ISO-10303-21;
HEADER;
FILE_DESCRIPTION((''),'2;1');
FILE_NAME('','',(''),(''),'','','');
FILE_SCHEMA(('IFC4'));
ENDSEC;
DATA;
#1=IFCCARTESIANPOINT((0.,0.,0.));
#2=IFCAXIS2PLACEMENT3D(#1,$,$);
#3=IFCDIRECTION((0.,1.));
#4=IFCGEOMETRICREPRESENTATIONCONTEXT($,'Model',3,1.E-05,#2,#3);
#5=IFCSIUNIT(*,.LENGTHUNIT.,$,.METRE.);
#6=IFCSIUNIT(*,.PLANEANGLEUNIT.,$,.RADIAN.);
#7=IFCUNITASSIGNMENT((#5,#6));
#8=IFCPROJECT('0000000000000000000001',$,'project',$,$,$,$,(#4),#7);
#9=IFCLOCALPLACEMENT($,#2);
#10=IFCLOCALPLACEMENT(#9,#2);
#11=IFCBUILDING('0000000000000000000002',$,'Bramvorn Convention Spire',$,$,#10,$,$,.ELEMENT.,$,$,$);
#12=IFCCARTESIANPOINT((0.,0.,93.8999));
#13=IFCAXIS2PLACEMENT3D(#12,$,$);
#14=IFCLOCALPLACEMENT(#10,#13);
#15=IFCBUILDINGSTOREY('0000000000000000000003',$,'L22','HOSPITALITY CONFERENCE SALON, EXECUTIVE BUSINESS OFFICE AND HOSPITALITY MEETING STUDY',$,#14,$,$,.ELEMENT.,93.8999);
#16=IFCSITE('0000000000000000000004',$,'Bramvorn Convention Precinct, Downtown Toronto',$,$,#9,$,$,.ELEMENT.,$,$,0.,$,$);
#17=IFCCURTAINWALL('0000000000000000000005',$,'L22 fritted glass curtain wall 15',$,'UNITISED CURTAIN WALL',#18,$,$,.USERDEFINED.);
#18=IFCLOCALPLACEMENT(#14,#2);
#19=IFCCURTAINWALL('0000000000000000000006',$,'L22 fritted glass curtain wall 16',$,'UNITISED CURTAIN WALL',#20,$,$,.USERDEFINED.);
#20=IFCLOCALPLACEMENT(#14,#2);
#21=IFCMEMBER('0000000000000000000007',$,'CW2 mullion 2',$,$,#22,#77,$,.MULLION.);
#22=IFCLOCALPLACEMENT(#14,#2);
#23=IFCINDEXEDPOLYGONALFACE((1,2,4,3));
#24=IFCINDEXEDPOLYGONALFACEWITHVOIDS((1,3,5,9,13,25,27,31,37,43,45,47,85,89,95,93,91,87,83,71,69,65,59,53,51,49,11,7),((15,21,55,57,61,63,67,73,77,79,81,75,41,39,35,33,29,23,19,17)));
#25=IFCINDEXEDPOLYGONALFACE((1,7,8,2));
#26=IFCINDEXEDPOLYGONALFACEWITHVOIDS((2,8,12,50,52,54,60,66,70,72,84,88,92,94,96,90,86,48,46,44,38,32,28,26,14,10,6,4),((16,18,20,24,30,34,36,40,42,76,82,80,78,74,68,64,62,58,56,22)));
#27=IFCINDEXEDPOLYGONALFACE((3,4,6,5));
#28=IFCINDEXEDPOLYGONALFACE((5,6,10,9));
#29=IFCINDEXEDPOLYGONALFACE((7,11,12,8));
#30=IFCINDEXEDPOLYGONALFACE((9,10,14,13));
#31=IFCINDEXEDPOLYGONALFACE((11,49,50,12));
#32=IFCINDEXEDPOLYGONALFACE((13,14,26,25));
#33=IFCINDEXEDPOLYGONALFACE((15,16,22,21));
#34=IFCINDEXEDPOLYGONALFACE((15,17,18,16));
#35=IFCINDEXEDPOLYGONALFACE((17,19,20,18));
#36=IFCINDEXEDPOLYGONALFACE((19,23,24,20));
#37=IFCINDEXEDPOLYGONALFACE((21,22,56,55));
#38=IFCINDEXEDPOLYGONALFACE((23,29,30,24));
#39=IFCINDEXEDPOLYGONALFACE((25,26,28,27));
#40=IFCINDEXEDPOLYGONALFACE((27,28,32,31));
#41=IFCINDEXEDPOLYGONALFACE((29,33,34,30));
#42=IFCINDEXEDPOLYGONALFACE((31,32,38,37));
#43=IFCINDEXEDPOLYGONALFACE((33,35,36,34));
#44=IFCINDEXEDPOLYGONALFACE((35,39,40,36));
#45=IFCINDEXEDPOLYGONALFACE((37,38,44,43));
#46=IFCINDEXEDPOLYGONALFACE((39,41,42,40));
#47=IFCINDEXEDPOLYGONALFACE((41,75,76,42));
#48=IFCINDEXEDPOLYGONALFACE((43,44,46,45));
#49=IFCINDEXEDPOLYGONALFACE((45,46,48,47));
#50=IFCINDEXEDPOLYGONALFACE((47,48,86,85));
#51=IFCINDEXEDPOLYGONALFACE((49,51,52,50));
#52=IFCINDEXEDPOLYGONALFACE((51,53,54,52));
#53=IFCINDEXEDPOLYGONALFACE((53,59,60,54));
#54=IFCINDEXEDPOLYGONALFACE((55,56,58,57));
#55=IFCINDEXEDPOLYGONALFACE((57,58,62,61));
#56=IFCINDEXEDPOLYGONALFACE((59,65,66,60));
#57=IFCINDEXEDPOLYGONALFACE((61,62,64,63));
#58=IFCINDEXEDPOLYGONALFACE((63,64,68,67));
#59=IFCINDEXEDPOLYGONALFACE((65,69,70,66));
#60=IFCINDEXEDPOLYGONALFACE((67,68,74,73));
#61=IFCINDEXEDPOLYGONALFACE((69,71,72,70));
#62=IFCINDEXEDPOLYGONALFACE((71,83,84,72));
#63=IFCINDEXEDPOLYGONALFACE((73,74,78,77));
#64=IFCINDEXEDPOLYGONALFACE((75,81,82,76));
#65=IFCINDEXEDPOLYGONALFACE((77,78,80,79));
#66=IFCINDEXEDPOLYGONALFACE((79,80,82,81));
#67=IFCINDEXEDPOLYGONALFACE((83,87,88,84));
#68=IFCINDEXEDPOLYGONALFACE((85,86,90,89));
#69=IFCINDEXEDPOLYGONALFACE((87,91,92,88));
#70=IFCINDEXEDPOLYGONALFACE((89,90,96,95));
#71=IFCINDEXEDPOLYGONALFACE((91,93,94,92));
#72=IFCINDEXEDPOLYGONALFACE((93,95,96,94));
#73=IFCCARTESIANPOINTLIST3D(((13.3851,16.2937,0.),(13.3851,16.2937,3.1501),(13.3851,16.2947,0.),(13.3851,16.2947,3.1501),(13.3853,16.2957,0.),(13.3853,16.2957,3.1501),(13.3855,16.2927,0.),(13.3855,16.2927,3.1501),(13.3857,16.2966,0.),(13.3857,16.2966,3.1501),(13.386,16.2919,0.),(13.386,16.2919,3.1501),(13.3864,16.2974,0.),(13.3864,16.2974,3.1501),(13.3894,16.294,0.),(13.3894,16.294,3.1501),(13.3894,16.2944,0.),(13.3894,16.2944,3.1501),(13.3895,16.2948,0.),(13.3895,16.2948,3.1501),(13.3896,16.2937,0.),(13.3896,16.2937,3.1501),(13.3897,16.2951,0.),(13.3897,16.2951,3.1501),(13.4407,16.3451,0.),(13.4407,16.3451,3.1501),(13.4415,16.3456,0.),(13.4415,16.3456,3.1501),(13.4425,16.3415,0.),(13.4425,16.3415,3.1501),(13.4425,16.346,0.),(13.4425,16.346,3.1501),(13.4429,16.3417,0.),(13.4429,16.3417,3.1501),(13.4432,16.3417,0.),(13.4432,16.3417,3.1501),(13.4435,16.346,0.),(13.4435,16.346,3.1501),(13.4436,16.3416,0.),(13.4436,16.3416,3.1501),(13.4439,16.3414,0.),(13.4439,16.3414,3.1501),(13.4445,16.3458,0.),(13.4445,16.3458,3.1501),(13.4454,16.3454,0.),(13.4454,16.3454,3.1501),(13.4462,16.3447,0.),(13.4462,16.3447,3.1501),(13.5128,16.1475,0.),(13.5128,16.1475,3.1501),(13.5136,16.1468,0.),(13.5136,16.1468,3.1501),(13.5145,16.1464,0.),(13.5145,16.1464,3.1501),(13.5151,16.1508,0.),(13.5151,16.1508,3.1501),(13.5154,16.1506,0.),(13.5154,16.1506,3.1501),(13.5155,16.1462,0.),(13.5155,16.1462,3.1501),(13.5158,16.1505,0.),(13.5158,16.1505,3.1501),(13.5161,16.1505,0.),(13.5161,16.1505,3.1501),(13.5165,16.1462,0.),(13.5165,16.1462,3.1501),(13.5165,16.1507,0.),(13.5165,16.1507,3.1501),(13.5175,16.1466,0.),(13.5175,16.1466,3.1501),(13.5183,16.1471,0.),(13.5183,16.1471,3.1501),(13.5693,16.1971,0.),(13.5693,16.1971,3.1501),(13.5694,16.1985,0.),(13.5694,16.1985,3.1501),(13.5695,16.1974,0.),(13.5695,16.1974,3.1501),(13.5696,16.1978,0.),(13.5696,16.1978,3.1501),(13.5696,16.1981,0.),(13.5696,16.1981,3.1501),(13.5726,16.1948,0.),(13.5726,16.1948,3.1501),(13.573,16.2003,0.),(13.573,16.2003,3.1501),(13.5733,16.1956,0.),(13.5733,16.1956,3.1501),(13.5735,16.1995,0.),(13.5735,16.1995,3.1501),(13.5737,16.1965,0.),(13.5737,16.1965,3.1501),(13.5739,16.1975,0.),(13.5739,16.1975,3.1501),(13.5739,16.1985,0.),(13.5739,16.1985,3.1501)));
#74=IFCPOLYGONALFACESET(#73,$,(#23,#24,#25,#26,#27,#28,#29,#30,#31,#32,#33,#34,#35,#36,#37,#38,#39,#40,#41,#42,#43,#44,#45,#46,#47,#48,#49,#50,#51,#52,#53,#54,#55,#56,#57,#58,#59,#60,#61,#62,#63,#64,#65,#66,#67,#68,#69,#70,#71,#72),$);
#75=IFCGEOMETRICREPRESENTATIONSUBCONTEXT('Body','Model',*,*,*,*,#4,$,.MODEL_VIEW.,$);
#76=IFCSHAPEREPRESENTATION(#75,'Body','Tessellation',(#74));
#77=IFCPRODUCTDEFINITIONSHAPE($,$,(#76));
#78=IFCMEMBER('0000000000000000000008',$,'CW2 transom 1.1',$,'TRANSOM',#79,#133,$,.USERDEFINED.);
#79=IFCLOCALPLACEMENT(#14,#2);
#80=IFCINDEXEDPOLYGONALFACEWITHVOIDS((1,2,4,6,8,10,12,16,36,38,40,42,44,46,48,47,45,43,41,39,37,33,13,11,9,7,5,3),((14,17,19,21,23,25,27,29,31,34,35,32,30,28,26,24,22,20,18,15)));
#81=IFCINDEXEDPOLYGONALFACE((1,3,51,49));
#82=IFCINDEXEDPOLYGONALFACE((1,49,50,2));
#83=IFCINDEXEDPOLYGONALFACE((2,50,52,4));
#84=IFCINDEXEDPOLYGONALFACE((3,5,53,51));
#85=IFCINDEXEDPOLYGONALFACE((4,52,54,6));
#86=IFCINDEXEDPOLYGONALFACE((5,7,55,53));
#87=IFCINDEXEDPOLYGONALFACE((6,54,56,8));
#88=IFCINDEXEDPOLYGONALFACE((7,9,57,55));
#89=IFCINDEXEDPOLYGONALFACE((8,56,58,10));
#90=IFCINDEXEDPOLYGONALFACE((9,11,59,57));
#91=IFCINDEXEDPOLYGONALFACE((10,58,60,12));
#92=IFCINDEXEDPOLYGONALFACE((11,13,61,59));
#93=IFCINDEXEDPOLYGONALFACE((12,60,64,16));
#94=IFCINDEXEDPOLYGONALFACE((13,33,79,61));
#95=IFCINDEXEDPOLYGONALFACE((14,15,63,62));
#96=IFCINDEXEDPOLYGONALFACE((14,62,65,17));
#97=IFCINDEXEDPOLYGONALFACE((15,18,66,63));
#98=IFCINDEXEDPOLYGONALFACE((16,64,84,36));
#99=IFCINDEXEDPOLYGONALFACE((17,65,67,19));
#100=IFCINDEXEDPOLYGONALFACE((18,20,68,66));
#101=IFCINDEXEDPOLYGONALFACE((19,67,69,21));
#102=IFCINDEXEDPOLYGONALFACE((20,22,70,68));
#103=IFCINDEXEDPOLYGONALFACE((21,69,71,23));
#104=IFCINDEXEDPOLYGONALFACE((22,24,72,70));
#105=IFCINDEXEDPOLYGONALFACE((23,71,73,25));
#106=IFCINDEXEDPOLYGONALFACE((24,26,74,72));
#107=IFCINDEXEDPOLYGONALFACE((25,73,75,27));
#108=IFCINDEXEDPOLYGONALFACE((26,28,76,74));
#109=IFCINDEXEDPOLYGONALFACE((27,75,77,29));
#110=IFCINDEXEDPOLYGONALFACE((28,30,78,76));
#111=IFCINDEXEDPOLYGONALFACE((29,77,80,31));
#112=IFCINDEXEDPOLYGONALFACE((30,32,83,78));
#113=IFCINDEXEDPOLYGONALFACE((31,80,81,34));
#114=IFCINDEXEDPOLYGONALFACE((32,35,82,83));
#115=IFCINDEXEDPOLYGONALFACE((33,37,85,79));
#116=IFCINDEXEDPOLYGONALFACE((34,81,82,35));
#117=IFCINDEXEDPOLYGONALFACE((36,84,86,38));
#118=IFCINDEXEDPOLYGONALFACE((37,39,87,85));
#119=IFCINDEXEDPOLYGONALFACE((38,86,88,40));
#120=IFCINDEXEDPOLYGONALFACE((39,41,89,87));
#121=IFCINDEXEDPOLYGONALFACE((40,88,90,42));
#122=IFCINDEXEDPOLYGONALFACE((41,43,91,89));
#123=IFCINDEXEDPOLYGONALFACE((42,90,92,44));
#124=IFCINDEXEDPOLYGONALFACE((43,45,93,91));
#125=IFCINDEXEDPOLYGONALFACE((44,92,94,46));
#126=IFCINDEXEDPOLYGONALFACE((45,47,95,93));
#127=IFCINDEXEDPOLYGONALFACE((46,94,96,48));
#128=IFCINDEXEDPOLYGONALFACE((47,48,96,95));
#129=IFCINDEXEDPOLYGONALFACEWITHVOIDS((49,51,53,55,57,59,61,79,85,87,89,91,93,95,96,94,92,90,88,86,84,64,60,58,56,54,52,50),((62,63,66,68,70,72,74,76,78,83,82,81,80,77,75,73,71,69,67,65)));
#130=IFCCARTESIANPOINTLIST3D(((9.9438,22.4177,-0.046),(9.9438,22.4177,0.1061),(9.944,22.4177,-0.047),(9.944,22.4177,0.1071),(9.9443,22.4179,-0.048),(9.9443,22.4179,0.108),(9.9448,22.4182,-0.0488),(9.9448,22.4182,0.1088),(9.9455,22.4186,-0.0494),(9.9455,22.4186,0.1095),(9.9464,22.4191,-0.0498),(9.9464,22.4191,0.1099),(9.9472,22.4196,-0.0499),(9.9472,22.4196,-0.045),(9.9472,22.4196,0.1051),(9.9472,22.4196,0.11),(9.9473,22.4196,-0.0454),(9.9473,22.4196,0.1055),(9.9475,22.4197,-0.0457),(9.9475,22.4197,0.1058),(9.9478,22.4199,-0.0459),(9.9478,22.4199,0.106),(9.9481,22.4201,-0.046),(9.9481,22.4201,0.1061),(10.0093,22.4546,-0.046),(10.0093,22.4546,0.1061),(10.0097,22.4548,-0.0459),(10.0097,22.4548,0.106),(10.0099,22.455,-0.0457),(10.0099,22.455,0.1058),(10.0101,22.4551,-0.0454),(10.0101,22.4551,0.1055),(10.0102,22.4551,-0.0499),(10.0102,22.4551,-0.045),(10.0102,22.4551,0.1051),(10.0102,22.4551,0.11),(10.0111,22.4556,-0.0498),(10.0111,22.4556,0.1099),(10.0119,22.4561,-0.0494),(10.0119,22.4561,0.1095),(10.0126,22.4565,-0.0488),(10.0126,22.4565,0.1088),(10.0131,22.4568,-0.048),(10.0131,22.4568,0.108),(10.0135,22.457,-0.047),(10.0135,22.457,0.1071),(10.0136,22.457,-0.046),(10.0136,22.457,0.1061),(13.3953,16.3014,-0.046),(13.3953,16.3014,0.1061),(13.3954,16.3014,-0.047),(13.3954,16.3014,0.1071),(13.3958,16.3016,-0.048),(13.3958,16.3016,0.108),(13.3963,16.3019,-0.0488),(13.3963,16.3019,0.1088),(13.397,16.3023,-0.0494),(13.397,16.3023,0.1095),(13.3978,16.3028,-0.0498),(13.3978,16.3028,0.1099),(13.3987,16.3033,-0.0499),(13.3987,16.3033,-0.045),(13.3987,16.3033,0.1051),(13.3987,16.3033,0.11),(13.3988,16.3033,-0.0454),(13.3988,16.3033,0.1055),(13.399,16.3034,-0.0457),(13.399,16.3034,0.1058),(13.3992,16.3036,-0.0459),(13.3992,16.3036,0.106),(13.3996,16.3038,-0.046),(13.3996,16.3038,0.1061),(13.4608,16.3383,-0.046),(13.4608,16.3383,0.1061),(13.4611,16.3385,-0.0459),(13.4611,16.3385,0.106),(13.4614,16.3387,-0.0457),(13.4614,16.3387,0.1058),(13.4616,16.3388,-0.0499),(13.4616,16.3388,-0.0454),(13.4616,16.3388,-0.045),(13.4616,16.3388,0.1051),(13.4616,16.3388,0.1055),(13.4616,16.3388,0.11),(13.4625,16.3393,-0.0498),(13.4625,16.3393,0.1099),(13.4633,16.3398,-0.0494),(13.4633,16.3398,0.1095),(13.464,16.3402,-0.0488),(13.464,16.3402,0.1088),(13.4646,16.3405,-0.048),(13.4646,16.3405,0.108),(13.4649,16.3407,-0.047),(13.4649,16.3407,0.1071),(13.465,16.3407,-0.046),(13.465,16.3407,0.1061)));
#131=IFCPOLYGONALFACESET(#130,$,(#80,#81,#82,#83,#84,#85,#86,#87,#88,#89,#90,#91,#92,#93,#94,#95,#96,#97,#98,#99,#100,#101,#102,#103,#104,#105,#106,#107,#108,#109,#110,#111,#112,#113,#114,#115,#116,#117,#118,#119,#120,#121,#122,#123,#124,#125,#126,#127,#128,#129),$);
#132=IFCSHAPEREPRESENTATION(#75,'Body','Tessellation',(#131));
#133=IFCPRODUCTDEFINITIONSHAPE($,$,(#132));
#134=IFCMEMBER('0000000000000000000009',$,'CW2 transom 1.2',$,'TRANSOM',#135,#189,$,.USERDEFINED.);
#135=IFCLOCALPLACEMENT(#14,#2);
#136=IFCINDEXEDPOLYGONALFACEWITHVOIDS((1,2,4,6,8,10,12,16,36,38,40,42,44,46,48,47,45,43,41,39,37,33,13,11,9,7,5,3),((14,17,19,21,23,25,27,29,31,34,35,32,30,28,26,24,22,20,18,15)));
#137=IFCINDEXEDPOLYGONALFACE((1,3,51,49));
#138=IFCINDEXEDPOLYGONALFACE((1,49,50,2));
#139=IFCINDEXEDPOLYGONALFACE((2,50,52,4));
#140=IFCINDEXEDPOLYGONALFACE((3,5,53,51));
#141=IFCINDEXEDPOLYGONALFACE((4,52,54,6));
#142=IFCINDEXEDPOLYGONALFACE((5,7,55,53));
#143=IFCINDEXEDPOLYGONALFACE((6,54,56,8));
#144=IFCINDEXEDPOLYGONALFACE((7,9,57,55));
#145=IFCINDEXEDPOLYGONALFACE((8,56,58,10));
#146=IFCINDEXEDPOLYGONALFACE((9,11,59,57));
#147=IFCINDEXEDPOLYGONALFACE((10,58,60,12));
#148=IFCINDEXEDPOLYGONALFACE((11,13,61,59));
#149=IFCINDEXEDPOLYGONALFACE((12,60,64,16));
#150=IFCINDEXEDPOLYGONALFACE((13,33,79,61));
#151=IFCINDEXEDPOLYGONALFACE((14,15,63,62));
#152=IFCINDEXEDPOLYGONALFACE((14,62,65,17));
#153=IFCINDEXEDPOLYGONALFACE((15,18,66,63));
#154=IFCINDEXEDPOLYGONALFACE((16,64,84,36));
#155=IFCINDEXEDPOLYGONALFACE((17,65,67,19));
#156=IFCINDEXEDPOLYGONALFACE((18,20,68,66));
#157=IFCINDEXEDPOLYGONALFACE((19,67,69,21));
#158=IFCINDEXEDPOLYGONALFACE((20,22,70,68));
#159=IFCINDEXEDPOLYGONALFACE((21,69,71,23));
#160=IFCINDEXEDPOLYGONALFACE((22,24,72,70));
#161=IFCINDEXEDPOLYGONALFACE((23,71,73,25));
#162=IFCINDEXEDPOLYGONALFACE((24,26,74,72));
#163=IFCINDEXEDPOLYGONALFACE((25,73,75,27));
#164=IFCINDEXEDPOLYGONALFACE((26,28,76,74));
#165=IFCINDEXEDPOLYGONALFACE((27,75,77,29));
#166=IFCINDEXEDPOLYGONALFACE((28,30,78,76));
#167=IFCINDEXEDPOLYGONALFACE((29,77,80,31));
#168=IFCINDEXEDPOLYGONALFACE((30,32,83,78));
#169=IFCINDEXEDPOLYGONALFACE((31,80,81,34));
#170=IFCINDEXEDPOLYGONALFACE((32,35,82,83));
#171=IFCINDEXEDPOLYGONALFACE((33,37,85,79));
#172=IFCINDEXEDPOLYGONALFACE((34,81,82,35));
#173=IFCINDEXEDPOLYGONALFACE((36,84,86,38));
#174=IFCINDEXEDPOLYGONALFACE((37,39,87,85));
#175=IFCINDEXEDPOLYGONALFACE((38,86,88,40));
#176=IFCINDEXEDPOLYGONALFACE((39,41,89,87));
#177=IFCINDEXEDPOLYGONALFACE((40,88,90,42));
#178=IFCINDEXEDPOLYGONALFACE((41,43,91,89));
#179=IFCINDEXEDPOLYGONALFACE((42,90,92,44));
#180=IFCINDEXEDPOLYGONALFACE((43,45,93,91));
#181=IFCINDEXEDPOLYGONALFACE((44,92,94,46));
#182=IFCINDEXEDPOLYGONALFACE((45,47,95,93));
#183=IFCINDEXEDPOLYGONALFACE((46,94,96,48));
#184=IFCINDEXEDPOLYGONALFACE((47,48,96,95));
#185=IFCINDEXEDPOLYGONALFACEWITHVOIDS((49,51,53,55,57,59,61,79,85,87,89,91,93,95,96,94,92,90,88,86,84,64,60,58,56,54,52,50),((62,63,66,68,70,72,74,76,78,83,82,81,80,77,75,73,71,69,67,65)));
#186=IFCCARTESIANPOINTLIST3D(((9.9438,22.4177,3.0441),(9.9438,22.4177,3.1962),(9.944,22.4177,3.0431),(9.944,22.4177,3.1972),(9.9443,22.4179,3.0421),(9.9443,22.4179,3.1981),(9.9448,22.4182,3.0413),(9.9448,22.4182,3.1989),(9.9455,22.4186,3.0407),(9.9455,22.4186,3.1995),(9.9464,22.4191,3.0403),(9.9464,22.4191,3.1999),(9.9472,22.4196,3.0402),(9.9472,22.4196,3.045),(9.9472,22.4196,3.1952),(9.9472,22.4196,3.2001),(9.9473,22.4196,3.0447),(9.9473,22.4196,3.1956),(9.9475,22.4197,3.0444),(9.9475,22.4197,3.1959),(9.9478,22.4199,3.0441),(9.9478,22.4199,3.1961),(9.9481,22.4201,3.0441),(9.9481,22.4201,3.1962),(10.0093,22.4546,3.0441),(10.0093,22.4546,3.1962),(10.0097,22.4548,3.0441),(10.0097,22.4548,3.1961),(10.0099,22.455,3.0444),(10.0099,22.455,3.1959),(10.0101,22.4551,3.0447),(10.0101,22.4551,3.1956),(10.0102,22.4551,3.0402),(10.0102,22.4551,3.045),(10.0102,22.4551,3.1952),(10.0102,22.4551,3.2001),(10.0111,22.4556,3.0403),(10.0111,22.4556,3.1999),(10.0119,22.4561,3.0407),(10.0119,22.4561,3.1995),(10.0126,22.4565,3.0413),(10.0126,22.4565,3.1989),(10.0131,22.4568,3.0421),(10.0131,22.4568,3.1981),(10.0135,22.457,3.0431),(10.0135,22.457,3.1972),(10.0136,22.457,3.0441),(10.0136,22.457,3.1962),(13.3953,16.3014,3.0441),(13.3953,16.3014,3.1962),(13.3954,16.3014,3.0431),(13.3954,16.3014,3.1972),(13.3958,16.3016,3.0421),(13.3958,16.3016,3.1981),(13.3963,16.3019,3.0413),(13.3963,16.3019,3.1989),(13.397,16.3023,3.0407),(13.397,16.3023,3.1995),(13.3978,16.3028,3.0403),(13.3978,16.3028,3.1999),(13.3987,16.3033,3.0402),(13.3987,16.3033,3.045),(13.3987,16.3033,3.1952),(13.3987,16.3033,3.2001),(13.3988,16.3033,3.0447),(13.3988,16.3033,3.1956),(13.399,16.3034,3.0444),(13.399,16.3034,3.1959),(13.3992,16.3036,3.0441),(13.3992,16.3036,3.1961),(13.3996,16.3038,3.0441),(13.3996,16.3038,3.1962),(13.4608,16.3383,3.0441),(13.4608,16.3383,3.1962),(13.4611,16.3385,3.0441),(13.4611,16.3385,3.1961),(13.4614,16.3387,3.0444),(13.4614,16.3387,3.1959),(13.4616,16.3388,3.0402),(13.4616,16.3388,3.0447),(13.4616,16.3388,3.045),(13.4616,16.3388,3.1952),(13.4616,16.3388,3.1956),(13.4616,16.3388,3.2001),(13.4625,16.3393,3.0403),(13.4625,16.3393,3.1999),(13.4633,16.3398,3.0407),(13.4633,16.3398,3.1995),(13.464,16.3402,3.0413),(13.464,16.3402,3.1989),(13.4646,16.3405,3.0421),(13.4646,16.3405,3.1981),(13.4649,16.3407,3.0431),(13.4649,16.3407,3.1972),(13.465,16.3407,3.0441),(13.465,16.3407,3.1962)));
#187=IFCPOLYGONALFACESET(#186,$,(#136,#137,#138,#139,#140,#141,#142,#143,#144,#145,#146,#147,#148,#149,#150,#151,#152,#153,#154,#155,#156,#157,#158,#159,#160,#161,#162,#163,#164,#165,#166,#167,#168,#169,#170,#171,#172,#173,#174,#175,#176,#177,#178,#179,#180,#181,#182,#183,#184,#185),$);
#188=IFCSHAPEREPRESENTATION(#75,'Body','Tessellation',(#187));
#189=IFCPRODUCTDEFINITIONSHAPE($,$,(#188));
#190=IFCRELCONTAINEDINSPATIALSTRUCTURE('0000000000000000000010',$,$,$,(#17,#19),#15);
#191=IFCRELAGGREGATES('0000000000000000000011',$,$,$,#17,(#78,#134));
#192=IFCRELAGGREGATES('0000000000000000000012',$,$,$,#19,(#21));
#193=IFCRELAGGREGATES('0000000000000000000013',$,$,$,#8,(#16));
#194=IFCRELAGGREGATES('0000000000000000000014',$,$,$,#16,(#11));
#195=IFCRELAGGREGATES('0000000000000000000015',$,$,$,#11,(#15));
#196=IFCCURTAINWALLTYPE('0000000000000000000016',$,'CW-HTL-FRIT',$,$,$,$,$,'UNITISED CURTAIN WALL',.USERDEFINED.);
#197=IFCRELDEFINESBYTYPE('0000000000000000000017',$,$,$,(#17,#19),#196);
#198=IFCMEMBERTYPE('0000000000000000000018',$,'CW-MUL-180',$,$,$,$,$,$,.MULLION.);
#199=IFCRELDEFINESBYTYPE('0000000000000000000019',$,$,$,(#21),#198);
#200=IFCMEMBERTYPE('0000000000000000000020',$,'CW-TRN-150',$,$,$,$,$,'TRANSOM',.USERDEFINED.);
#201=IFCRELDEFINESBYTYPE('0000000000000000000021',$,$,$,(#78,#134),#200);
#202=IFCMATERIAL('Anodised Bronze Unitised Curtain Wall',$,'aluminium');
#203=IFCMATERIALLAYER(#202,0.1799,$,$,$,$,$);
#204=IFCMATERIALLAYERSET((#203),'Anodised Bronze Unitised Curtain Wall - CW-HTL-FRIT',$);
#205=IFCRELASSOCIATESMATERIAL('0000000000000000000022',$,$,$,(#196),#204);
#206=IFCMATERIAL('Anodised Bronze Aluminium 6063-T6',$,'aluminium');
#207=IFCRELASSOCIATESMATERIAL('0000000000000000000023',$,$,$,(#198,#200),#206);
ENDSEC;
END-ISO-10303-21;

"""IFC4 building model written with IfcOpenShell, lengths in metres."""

from ifc_helpers import new_model, si_unit, direction, frame, origin, origin_2d, place, context, subcontext, project, spatial, hollow_rectangle, extrude, material, layer, layer_set, material_profile, profile_set, type_object, element, aggregate, save


model = new_model("IFC4")

# Units and contexts
model_context = context("Model", 3, precision=1e-05, world=origin(), true_north=direction((0.0, 1.0)))
body_context = subcontext(model_context, "Body", "Model", "MODEL_VIEW")
ifc_project = project(units=[si_unit("LENGTHUNIT", "METRE"), si_unit("PLANEANGLEUNIT", "RADIAN")], contexts=[model_context])

# Site, building, storey
site_placement = place(None, origin())
site = spatial("IfcSite", under=ifc_project, at=site_placement, Name="Bramvorn Convention Precinct, Downtown Toronto", CompositionType="ELEMENT", RefElevation=0.0)
building_placement = place(site_placement, origin())
building = spatial("IfcBuilding", under=site, at=building_placement, Name="Bramvorn Convention Spire", CompositionType="ELEMENT")
storey_placement = place(building_placement, frame((0.0, 0.0, 93.8999)))
storey = spatial("IfcBuildingStorey", under=building, at=storey_placement, Name="L22", Description="HOSPITALITY CONFERENCE SALON, EXECUTIVE BUSINESS OFFICE AND HOSPITALITY MEETING STUDY", CompositionType="ELEMENT", Elevation=93.8999)

# Curtain walls, member
ifc_material_1 = material(Name="Anodised Bronze Unitised Curtain Wall", Category="aluminium")
ifc_layer_1 = layer(ifc_material_1, 0.1799)
ifc_layer_set_1 = layer_set([ifc_layer_1], Name="Anodised Bronze Unitised Curtain Wall - CW-HTL-FRIT")
curtain_wall_type = type_object("IfcCurtainWallType", Name="CW-HTL-FRIT", ElementType="UNITISED CURTAIN WALL", PredefinedType="USERDEFINED", material=ifc_layer_set_1)
curtain_wall_1_placement = place(storey_placement, origin())
curtain_wall_1 = element("IfcCurtainWall", 1, at=curtain_wall_1_placement, inside=storey, type_object=curtain_wall_type, Name="L22 fritted glass curtain wall 15", ObjectType="UNITISED CURTAIN WALL", PredefinedType="USERDEFINED")
ifc_material_2 = material(Name="Anodised Bronze Aluminium 6063-T6", Category="aluminium")
ifc_material_profile_1 = material_profile(ifc_material_2, hollow_rectangle(XDim=0.0801, YDim=0.2, WallThickness=0.0039, InnerFilletRadius=0.001, OuterFilletRadius=0.0039, at=origin_2d()))
ifc_profile_set_1 = profile_set([ifc_material_profile_1], Name="Anodised Bronze Aluminium 6063-T6 - CWM80X200")
member_type_1 = type_object("IfcMemberType", Name="CW-MUL-180", PredefinedType="MULLION", material=ifc_profile_set_1)
curtain_wall_2_placement = place(storey_placement, origin())
curtain_wall_2 = element("IfcCurtainWall", 2, at=curtain_wall_2_placement, inside=storey, type_object=curtain_wall_type, Name="L22 fritted glass curtain wall 16", ObjectType="UNITISED CURTAIN WALL", PredefinedType="USERDEFINED")
member_1_placement = place(storey_placement, frame((13.4795, 16.2461, 0.0), z_axis=(0.0, 0.0, 1.0), x_axis=(-0.751458, -0.659781, 0.0)))
member_1 = element("IfcMember", 3, at=member_1_placement, type_object=member_type_1, Name="CW2 mullion 2", PredefinedType="MULLION", context=body_context, shape_type="SweptSolid", body=[
    extrude(hollow_rectangle(XDim=0.0801, YDim=0.2, WallThickness=0.0039, InnerFilletRadius=0.001, OuterFilletRadius=0.0039, at=origin_2d()), origin(), (0.0, 0.0, 1.0), 3.1501),
])

# Members
ifc_material_profile_2 = material_profile(ifc_material_2, hollow_rectangle(XDim=0.0801, YDim=0.1599, WallThickness=0.0039, InnerFilletRadius=0.001, OuterFilletRadius=0.0039, at=origin_2d()))
ifc_profile_set_2 = profile_set([ifc_material_profile_2], Name="Anodised Bronze Aluminium 6063-T6 - CWT80X160")
member_type_2 = type_object("IfcMemberType", Name="CW-TRN-150", ElementType="TRANSOM", PredefinedType="USERDEFINED", material=ifc_profile_set_2)
member_2_placement = place(storey_placement, frame((13.4302, 16.321, 0.03), z_axis=(-0.491456, 0.870903, 0.0), x_axis=(-0.870903, -0.491456, 0.0)))
member_2 = element("IfcMember", 4, at=member_2_placement, type_object=member_type_2, Name="CW2 transom 1.1", ObjectType="TRANSOM", PredefinedType="USERDEFINED", context=body_context, shape_type="SweptSolid", body=[
    extrude(hollow_rectangle(XDim=0.0801, YDim=0.1599, WallThickness=0.0039, InnerFilletRadius=0.001, OuterFilletRadius=0.0039, at=origin_2d()), origin(), (0.0, 0.0, 1.0), 7.0229),
])
member_3_placement = place(storey_placement, frame((13.4302, 16.321, 3.1201), z_axis=(-0.491456, 0.870903, 0.0), x_axis=(-0.870903, -0.491456, 0.0)))
member_3 = element("IfcMember", 5, at=member_3_placement, type_object=member_type_2, Name="CW2 transom 1.2", ObjectType="TRANSOM", PredefinedType="USERDEFINED", context=body_context, shape_type="SweptSolid", body=[
    extrude(hollow_rectangle(XDim=0.0801, YDim=0.1599, WallThickness=0.0039, InnerFilletRadius=0.001, OuterFilletRadius=0.0039, at=origin_2d()), origin(), (0.0, 0.0, 1.0), 7.0229),
])

aggregate(curtain_wall_1, [member_2, member_3])
aggregate(curtain_wall_2, [member_1])

save(model, "model.ifc")
